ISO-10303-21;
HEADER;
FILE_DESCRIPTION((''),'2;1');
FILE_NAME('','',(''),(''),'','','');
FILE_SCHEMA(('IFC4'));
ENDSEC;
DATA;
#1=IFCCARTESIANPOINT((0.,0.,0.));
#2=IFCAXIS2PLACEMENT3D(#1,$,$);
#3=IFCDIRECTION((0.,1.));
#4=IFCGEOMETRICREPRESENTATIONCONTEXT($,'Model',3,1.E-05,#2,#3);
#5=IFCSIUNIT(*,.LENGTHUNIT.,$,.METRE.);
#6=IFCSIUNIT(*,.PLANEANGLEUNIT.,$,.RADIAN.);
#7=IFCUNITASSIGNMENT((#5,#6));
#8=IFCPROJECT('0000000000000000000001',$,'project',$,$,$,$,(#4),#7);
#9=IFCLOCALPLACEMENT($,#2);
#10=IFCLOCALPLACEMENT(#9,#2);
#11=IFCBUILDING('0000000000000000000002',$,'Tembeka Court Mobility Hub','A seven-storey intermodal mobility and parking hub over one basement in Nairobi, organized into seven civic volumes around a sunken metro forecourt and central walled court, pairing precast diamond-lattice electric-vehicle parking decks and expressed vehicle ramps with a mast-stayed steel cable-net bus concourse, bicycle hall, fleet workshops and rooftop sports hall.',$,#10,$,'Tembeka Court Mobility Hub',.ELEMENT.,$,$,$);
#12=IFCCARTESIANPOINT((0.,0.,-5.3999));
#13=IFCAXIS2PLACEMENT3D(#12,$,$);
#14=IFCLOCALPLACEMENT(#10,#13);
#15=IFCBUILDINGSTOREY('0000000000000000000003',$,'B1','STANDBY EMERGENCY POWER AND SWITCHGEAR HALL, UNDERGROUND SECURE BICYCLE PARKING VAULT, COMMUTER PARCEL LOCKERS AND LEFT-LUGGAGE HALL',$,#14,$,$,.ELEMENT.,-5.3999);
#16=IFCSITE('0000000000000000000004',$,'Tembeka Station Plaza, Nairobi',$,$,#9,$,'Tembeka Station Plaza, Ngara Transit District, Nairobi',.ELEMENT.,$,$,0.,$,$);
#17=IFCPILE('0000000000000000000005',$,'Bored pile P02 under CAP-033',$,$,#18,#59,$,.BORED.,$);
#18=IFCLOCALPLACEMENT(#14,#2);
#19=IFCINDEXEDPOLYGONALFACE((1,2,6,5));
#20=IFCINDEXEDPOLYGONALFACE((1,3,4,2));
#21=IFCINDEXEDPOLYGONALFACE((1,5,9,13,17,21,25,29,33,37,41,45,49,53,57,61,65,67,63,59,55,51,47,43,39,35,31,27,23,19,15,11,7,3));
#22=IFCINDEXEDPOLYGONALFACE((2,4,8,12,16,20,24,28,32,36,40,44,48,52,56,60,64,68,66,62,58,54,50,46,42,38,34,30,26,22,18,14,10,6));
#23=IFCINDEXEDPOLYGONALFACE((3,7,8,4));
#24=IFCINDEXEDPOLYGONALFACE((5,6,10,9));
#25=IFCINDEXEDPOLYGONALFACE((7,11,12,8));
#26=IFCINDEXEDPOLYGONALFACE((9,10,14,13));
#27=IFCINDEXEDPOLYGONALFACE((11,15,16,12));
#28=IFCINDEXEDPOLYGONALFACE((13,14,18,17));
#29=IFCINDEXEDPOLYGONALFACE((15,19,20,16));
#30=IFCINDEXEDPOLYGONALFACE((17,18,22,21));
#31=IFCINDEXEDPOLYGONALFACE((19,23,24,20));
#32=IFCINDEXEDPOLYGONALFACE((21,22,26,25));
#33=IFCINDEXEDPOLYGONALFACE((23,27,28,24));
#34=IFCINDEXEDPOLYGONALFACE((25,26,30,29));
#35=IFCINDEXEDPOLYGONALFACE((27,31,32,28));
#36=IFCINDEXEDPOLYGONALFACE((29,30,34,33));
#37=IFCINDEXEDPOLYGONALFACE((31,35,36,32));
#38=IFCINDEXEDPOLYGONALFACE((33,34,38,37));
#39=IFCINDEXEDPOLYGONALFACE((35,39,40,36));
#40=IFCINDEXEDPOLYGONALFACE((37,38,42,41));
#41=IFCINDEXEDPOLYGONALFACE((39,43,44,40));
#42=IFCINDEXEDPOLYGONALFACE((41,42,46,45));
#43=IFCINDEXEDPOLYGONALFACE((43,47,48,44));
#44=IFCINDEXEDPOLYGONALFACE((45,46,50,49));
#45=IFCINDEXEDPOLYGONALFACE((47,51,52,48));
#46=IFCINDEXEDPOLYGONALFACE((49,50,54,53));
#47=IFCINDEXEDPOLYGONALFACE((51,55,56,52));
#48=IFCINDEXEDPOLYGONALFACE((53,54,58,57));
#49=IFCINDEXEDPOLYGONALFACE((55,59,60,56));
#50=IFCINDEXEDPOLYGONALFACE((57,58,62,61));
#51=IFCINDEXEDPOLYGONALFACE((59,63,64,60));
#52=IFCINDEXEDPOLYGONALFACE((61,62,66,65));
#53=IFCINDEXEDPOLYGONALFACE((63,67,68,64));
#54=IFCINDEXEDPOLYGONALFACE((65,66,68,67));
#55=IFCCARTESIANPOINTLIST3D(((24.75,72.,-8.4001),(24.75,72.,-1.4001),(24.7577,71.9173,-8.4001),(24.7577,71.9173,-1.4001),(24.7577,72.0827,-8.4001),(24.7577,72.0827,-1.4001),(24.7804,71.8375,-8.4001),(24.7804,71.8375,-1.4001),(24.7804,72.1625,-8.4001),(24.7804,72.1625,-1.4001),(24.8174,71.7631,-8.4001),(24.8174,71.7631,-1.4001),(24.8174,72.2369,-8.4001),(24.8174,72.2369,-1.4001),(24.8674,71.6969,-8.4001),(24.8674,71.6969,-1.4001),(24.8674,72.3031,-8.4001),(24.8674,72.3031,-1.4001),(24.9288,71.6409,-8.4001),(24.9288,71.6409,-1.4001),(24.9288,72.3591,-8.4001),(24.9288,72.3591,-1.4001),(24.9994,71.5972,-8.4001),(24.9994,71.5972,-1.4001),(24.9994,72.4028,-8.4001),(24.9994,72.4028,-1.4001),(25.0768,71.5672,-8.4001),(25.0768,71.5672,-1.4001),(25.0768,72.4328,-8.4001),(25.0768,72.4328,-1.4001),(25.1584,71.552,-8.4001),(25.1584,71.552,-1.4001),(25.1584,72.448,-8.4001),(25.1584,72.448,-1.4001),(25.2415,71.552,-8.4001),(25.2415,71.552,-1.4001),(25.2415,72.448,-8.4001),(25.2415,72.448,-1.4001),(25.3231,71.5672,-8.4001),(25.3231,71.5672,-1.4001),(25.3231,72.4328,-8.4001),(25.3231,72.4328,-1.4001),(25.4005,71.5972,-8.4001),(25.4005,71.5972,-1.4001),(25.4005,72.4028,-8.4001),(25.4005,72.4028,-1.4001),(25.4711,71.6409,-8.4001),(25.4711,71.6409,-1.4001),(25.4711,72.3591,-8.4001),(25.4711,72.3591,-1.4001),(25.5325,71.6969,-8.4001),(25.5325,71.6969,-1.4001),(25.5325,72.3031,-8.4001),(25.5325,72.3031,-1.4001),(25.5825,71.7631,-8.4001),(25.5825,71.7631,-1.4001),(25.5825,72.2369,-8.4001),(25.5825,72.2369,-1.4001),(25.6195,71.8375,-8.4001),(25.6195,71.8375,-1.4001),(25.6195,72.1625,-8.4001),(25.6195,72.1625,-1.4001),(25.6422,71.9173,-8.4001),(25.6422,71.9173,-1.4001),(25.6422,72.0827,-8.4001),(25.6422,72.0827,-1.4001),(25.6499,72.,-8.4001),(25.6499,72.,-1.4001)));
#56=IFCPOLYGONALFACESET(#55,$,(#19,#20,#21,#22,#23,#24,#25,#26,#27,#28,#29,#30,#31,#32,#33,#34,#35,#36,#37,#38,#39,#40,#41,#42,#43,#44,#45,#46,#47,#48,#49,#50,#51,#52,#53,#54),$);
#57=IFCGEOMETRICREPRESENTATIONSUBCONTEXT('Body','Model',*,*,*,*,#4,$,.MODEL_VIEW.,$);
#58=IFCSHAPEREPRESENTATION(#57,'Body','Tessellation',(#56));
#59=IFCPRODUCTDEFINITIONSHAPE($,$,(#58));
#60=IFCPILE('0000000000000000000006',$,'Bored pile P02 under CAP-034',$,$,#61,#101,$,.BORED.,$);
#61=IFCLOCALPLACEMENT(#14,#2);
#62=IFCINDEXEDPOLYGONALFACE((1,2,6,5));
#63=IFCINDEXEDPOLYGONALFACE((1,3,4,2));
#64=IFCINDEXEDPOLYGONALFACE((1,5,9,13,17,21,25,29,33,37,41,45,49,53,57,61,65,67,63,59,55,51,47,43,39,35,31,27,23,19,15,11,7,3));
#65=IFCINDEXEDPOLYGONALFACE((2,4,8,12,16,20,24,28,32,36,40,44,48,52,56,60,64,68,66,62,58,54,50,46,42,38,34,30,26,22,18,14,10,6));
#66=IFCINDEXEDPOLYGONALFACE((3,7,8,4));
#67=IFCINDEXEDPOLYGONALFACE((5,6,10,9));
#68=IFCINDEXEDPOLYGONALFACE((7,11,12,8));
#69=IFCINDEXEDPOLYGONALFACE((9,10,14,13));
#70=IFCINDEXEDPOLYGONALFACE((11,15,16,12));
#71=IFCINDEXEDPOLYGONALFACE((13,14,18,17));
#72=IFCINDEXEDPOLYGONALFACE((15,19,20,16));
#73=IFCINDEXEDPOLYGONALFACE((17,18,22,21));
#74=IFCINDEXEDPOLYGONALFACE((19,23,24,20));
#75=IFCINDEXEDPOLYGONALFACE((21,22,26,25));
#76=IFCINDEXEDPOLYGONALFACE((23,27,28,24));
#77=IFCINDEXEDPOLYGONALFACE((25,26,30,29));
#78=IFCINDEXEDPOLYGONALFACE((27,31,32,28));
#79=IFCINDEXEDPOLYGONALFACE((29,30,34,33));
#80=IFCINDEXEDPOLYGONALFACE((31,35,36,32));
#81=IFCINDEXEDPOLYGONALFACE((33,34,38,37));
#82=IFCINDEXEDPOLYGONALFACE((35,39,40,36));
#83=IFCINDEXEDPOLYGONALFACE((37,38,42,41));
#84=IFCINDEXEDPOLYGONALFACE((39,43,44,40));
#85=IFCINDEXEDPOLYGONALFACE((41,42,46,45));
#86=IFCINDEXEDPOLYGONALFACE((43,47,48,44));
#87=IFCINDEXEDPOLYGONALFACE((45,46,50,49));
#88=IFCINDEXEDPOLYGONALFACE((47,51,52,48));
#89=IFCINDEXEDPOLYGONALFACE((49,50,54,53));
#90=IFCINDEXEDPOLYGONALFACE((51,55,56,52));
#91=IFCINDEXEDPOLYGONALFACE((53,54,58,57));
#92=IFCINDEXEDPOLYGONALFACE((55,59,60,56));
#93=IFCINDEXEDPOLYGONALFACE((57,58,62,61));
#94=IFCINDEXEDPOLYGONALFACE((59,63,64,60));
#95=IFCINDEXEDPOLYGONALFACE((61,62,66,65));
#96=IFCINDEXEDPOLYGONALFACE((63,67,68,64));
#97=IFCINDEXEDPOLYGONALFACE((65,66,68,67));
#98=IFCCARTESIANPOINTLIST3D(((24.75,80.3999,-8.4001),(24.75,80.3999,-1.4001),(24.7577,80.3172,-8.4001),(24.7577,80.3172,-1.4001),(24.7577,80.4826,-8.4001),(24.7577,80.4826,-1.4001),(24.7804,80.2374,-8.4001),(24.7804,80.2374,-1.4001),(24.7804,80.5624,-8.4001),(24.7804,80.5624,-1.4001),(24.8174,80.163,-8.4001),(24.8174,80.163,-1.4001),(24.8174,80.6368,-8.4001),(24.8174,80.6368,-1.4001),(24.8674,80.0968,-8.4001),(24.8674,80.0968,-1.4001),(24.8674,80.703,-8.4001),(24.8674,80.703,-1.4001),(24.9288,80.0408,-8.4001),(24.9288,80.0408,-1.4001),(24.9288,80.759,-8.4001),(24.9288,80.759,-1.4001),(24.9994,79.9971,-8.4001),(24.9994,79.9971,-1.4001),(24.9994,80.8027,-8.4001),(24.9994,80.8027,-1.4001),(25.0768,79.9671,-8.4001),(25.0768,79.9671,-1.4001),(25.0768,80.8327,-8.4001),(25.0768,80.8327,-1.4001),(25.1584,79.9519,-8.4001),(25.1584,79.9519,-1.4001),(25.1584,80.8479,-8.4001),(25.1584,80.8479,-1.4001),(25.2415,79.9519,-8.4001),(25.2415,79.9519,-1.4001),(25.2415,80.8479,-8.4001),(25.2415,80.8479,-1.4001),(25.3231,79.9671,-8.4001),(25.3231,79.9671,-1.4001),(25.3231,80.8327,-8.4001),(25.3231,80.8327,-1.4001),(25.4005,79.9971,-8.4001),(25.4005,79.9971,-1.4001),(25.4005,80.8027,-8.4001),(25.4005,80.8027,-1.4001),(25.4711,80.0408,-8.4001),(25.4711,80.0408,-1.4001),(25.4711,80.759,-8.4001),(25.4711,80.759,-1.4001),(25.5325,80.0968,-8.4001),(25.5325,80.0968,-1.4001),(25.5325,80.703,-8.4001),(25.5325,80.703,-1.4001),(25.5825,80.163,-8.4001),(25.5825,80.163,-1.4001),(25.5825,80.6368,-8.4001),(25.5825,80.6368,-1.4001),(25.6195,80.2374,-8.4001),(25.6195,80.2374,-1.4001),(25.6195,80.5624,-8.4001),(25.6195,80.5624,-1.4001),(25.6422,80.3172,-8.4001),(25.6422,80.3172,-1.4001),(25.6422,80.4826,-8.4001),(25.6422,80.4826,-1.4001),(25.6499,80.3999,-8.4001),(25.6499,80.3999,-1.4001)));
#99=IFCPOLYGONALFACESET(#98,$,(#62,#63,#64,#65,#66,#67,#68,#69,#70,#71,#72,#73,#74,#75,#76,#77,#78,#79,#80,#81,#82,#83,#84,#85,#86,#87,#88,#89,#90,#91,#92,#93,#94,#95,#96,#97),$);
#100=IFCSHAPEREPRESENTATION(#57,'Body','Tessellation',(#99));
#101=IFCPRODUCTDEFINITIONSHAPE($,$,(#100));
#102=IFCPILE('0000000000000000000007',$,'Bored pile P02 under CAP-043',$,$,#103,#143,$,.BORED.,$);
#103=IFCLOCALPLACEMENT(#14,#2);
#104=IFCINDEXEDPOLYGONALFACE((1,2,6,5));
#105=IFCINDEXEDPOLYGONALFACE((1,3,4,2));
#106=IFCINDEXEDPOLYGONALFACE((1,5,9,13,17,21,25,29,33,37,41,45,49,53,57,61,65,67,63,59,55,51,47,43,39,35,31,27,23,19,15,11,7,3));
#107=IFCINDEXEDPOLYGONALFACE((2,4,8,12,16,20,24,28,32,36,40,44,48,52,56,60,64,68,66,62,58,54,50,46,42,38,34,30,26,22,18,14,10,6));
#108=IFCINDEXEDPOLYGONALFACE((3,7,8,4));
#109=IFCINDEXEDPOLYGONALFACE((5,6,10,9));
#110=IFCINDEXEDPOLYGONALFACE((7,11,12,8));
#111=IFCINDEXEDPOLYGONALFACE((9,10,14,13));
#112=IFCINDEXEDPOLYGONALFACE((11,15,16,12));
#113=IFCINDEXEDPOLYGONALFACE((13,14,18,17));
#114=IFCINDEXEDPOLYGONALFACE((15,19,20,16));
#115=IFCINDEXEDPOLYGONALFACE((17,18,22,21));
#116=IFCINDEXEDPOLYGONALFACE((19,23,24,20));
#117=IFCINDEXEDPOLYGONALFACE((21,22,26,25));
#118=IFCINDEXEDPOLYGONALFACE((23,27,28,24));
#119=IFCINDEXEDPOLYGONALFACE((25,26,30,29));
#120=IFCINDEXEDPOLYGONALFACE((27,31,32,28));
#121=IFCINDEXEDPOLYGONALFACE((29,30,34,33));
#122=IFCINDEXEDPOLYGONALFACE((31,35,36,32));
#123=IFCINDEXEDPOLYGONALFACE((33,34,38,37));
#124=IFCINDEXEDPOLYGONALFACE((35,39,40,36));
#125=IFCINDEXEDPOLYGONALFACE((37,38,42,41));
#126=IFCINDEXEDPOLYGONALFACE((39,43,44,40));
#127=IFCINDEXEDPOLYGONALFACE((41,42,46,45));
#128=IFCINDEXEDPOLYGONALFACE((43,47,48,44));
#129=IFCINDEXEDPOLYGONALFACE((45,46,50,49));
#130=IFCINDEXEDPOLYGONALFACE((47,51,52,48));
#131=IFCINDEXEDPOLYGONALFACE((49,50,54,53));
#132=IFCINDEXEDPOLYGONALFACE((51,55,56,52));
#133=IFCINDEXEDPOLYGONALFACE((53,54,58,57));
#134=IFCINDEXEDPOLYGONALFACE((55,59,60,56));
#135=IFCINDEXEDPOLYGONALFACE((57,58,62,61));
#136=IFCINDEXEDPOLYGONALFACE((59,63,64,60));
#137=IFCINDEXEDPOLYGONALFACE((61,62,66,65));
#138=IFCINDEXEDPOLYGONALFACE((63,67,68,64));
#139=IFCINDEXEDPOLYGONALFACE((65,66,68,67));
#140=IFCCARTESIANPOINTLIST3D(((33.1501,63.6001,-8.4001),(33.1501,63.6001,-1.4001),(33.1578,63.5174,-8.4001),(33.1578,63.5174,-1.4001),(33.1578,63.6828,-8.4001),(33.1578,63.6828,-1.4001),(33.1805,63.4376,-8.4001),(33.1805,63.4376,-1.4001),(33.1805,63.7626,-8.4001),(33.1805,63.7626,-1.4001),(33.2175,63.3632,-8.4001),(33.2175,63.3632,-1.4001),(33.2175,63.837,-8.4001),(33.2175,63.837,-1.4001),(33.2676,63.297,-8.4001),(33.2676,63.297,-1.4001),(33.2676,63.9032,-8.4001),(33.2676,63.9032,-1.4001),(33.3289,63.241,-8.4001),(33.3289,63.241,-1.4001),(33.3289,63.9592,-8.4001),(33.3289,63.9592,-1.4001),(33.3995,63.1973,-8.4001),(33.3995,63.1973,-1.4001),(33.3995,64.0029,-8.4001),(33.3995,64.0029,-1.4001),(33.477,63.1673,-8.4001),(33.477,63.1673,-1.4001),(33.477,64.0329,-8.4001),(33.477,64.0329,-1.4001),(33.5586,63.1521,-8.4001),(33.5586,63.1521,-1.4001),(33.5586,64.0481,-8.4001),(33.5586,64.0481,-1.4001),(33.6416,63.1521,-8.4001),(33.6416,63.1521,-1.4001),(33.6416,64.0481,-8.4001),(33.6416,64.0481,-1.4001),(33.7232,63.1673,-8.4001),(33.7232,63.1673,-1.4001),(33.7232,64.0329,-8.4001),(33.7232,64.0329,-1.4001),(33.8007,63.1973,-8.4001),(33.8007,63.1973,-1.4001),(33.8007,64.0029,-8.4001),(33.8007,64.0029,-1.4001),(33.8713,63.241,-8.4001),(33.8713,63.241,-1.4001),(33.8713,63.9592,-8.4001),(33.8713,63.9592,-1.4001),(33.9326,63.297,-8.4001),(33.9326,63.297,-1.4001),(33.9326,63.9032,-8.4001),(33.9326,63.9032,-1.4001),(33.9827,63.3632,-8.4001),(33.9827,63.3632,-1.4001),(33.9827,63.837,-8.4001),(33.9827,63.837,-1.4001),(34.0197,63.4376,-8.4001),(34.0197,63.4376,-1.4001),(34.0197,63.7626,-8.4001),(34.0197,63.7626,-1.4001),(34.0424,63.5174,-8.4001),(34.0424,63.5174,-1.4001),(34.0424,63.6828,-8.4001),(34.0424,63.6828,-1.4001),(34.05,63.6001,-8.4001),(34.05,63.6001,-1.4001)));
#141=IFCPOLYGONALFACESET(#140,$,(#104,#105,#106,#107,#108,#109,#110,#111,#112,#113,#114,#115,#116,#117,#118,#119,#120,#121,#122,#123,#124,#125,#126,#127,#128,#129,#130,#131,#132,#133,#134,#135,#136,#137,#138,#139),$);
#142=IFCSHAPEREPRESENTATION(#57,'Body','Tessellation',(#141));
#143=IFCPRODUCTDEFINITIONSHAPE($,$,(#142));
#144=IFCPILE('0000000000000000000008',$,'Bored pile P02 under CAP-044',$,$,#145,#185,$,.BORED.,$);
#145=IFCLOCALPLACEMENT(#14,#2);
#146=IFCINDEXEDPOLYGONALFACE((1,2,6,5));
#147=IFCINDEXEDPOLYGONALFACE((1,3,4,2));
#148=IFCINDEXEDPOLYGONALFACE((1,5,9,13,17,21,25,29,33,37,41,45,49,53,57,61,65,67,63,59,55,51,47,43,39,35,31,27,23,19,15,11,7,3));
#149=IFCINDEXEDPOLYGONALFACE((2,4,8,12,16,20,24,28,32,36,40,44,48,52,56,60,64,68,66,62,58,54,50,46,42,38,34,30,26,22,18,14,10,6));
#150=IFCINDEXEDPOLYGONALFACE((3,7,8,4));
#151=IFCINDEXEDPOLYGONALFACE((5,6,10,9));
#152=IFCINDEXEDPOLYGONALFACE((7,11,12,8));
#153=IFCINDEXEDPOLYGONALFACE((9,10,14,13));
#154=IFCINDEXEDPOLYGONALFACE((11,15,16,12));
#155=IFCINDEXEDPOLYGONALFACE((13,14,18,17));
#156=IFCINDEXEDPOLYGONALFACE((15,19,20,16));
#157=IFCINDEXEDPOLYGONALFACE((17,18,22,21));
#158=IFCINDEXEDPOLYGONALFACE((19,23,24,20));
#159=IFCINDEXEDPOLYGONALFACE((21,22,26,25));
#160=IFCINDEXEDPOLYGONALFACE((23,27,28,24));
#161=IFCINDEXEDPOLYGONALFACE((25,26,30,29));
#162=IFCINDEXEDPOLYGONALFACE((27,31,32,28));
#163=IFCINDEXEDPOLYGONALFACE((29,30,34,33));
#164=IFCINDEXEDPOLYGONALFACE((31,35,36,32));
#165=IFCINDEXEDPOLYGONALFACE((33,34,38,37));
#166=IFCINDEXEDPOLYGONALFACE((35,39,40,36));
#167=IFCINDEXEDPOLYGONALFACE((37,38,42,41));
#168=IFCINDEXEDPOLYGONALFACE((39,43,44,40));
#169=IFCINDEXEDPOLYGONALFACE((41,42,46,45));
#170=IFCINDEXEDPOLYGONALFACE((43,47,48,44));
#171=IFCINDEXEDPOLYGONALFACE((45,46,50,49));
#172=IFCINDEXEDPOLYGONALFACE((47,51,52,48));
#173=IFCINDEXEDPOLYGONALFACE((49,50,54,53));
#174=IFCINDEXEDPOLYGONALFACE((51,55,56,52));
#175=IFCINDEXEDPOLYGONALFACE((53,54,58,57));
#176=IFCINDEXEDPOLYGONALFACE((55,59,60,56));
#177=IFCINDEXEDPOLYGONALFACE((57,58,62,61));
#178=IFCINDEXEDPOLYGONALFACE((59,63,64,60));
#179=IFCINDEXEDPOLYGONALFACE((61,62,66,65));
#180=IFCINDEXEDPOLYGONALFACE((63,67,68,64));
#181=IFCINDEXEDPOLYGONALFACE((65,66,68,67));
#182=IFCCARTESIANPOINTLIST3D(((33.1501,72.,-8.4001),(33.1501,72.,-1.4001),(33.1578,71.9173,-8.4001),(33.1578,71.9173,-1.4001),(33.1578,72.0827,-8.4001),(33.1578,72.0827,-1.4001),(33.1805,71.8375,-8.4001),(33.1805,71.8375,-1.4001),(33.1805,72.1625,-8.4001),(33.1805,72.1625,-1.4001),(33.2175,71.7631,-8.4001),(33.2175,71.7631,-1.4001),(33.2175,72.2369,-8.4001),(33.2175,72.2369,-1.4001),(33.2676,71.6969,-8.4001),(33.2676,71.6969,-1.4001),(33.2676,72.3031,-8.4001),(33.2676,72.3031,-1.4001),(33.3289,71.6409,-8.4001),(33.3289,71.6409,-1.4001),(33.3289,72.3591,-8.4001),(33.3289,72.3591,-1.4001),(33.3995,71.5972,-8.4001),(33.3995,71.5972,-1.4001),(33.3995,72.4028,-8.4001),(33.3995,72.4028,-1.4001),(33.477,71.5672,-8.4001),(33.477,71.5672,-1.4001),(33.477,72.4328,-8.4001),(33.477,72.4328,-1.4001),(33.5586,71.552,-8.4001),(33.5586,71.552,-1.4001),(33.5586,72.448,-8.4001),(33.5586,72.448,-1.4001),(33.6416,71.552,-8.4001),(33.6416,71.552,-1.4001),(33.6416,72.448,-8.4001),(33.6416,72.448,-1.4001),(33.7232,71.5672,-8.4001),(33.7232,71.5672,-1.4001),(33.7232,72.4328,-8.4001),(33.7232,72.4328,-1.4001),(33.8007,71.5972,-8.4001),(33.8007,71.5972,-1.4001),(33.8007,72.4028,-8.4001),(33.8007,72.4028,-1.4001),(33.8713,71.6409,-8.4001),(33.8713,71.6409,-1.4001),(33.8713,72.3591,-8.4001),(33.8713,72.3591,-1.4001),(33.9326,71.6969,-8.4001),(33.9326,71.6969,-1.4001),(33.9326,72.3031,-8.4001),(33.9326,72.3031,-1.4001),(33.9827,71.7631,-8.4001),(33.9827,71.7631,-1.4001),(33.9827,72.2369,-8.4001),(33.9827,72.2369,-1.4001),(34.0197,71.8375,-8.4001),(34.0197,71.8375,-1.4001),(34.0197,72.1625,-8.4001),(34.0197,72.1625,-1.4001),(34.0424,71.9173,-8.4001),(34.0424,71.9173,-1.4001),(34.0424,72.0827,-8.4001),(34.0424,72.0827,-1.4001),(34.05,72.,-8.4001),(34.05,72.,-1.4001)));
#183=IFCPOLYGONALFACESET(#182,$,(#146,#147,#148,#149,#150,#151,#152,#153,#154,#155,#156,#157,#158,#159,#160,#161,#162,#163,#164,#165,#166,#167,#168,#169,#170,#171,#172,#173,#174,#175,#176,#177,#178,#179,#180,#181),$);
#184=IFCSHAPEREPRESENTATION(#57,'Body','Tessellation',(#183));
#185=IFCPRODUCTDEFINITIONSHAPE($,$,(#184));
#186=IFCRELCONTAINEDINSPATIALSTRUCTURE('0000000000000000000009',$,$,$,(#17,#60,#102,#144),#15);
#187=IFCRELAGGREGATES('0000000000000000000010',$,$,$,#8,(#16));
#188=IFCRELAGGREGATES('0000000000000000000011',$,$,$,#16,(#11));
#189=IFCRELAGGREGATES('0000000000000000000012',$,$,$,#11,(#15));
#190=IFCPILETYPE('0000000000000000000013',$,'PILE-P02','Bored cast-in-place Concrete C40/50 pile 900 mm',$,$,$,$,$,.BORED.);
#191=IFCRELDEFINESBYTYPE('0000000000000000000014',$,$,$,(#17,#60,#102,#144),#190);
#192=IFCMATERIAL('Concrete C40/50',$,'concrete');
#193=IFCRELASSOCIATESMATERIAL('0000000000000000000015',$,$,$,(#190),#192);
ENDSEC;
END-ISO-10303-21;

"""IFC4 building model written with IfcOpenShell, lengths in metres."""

from ifc_helpers import new_model, si_unit, direction, frame, origin, origin_2d, place, context, subcontext, project, spatial, circle, extrude, material, material_profile, profile_set, type_object, element, save


model = new_model("IFC4")

# Units and contexts
model_context = context("Model", 3, precision=1e-05, world=origin(), true_north=direction((0.0, 1.0)))
body_context = subcontext(model_context, "Body", "Model", "MODEL_VIEW")
ifc_project = project(units=[si_unit("LENGTHUNIT", "METRE"), si_unit("PLANEANGLEUNIT", "RADIAN")], contexts=[model_context])

# Site, building, storey
site_placement = place(None, origin())
site = spatial("IfcSite", under=ifc_project, at=site_placement, Name="Tembeka Station Plaza, Nairobi", LongName="Tembeka Station Plaza, Ngara Transit District, Nairobi", CompositionType="ELEMENT", RefElevation=0.0)
building_placement = place(site_placement, origin())
building = spatial("IfcBuilding", under=site, at=building_placement, Name="Tembeka Court Mobility Hub", Description="A seven-storey intermodal mobility and parking hub over one basement in Nairobi, organized into seven civic volumes around a sunken metro forecourt and central walled court, pairing precast diamond-lattice electric-vehicle parking decks and expressed vehicle ramps with a mast-stayed steel cable-net bus concourse, bicycle hall, fleet workshops and rooftop sports hall.", LongName="Tembeka Court Mobility Hub", CompositionType="ELEMENT")
storey_placement = place(building_placement, frame((0.0, 0.0, -5.3999)))
storey = spatial("IfcBuildingStorey", under=building, at=storey_placement, Name="B1", Description="STANDBY EMERGENCY POWER AND SWITCHGEAR HALL, UNDERGROUND SECURE BICYCLE PARKING VAULT, COMMUTER PARCEL LOCKERS AND LEFT-LUGGAGE HALL", CompositionType="ELEMENT", Elevation=-5.3999)

# Shared definitions
ifc_material_1 = material(Name="Concrete C40/50", Category="concrete")

# Piles
ifc_material_profile_1 = material_profile(ifc_material_1, circle(Radius=0.45, at=origin_2d()), Name="PILE D900")
ifc_profile_set_1 = profile_set([ifc_material_profile_1], Name="Concrete C40/50")
pile_type = type_object("IfcPileType", Name="PILE-P02", Description="Bored cast-in-place Concrete C40/50 pile 900 mm", PredefinedType="BORED", material=ifc_profile_set_1)
for number, where, z_axis, x_axis, name in (
    (1, (25.2, 72.0, -1.4001), (0.0, 0.0, -1.0), (1.0, 0.0, 0.0), "Bored pile P02 under CAP-033"),
    (2, (25.2, 80.3999, -1.4001), (0.0, 0.0, -1.0), (1.0, 0.0, 0.0), "Bored pile P02 under CAP-034"),
    (3, (33.6001, 63.6001, -1.4001), (0.0, 0.0, -1.0), (1.0, 0.0, 0.0), "Bored pile P02 under CAP-043"),
    (4, (33.6001, 72.0, -1.4001), (0.0, 0.0, -1.0), (1.0, 0.0, 0.0), "Bored pile P02 under CAP-044"),
):
    element("IfcPile", number, at=place(storey_placement, frame(where, z_axis=z_axis, x_axis=x_axis)), inside=storey, type_object=pile_type, Name=name, PredefinedType="BORED", context=body_context, shape_type="SweptSolid", body=[
        extrude(circle(Radius=0.45, at=origin_2d()), origin(), (0.0, 0.0, 1.0), 7.0),
    ])

save(model, "model.ifc")
